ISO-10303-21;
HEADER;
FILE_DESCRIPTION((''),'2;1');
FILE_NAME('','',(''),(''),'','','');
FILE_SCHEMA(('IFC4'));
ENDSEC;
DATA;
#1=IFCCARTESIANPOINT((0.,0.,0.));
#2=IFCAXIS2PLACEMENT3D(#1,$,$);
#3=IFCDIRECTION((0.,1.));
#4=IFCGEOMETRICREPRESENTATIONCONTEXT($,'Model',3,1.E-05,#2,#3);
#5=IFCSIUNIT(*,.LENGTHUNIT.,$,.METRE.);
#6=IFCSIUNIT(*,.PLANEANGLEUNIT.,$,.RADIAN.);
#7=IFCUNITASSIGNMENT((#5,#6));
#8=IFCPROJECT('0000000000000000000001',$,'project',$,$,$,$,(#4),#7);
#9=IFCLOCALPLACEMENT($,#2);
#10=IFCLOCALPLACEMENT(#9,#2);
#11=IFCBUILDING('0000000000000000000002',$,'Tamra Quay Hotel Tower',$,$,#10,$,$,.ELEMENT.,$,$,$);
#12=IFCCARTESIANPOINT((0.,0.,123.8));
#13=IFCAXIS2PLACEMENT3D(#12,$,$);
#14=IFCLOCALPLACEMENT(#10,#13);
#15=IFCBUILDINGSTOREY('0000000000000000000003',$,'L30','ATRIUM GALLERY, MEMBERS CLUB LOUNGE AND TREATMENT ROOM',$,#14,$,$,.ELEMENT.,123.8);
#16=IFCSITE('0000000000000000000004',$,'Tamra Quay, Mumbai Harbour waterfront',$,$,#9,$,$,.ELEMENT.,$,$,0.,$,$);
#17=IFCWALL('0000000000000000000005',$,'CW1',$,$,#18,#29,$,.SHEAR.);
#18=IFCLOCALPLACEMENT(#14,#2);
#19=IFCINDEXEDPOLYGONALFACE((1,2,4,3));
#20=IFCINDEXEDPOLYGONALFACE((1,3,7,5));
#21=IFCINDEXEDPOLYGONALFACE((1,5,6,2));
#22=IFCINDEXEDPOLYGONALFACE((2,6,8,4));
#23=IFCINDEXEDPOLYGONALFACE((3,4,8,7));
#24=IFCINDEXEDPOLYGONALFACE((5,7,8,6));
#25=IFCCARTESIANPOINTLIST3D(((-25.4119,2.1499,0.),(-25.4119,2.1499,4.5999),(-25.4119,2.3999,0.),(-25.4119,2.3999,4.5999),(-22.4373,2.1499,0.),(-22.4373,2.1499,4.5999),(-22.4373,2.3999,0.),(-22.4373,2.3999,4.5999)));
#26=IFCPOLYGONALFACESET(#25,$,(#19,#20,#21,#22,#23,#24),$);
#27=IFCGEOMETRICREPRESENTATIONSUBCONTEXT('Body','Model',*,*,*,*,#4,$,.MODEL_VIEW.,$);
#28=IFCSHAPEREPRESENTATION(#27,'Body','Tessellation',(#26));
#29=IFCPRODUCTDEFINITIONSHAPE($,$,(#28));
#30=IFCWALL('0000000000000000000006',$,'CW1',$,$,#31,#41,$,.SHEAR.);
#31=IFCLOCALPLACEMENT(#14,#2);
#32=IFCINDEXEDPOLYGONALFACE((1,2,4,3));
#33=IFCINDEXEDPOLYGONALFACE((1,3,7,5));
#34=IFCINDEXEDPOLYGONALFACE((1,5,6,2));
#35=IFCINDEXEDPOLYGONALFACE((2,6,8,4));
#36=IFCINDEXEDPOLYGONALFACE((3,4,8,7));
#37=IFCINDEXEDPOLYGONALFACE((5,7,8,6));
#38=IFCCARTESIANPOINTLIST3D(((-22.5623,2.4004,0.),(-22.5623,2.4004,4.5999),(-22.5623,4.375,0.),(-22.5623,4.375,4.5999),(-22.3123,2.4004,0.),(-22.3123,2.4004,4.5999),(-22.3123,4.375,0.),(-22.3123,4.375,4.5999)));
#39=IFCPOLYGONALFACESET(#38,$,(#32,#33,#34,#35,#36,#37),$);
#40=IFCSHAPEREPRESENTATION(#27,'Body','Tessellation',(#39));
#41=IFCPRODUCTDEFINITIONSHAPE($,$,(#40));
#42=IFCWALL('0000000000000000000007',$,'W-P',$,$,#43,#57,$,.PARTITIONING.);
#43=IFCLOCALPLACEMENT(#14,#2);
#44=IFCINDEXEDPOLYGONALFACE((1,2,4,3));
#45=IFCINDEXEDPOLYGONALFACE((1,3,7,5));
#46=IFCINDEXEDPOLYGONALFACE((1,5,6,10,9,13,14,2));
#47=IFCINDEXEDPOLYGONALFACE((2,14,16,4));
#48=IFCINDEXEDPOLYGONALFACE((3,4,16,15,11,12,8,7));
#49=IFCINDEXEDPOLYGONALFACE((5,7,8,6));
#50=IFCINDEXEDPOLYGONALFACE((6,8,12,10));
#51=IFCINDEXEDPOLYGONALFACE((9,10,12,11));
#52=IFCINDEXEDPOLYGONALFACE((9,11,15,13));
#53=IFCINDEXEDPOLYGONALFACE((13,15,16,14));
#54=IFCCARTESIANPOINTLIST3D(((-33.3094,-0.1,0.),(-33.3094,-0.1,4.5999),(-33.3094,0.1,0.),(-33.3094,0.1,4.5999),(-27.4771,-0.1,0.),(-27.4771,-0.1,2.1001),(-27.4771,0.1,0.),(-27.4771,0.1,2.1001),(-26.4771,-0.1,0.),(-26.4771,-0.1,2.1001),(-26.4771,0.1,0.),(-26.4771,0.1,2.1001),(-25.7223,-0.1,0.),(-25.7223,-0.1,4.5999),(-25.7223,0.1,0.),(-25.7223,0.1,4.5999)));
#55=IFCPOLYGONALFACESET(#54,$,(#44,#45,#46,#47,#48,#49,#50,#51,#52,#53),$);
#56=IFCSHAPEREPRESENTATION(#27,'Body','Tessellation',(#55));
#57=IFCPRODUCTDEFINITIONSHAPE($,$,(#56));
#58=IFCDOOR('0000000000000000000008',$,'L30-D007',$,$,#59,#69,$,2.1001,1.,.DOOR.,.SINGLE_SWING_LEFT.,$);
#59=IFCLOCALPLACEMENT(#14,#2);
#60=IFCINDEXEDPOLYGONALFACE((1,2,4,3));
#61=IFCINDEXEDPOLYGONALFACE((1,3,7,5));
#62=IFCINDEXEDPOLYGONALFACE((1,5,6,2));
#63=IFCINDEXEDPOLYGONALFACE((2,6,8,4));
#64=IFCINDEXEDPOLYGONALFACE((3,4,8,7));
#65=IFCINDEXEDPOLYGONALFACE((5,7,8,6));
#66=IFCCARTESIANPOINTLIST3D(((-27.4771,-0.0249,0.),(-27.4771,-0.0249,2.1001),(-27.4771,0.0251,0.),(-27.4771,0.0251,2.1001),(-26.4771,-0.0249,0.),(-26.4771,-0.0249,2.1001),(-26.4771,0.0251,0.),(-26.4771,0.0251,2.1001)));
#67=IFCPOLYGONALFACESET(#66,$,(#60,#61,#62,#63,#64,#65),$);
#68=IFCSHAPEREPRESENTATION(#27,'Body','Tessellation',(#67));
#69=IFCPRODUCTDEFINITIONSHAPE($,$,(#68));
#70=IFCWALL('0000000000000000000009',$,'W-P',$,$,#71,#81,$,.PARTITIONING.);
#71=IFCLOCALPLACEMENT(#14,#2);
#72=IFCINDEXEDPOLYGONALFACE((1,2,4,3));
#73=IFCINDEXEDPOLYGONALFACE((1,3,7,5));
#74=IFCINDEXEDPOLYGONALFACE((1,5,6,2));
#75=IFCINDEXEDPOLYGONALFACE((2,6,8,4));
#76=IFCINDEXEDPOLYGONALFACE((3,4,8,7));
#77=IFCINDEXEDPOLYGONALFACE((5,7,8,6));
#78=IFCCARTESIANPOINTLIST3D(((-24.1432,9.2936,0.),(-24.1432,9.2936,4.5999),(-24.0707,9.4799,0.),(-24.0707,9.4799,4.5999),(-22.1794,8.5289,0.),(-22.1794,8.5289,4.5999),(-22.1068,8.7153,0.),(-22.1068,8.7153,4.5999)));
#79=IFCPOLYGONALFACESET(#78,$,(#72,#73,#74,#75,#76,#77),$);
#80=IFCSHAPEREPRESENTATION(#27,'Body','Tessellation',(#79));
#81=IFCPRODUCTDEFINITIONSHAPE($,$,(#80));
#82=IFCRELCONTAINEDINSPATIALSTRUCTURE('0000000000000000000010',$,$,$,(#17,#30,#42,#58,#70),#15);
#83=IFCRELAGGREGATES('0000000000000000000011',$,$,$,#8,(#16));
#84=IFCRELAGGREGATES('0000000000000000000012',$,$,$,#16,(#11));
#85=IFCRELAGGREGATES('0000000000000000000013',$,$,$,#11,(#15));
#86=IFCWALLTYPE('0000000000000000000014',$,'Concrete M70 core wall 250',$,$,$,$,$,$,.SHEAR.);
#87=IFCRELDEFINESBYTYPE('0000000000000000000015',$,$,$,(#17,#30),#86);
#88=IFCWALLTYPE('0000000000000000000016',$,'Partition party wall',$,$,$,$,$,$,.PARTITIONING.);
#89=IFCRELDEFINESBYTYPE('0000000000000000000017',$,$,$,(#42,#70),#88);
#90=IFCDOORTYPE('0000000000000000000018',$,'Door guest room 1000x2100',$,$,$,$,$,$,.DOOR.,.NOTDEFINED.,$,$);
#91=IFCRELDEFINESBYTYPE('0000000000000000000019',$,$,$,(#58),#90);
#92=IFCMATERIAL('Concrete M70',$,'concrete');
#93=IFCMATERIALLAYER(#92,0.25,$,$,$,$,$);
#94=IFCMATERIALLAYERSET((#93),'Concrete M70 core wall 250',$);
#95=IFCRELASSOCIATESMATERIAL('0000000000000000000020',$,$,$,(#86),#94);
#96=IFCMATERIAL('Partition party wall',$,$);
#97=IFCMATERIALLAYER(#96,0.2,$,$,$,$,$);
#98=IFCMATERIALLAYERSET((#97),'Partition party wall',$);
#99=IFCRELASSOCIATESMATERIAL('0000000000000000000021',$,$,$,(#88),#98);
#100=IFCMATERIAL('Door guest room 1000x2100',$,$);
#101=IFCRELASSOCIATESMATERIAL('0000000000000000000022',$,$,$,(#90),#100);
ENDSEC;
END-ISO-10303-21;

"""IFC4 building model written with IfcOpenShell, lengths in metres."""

from ifc_helpers import new_model, si_unit, direction, frame, frame_2d, origin, place, context, subcontext, project, spatial, rectangle, extrude, material, layer, layer_set, type_object, element, fill, save


model = new_model("IFC4")

# Units and contexts
model_context = context("Model", 3, precision=1e-05, world=origin(), true_north=direction((0.0, 1.0)))
body_context = subcontext(model_context, "Body", "Model", "MODEL_VIEW")
ifc_project = project(units=[si_unit("LENGTHUNIT", "METRE"), si_unit("PLANEANGLEUNIT", "RADIAN")], contexts=[model_context])

# Site, building, storey
site_placement = place(None, origin())
site = spatial("IfcSite", under=ifc_project, at=site_placement, Name="Tamra Quay, Mumbai Harbour waterfront", CompositionType="ELEMENT", RefElevation=0.0)
building_placement = place(site_placement, origin())
building = spatial("IfcBuilding", under=site, at=building_placement, Name="Tamra Quay Hotel Tower", CompositionType="ELEMENT")
storey_placement = place(building_placement, frame((0.0, 0.0, 123.8)))
storey = spatial("IfcBuildingStorey", under=building, at=storey_placement, Name="L30", Description="ATRIUM GALLERY, MEMBERS CLUB LOUNGE AND TREATMENT ROOM", CompositionType="ELEMENT", Elevation=123.8)

# Shared definitions
ifc_material_1 = material(Name="Concrete M70", Category="concrete")

# Walls
ifc_layer_1 = layer(ifc_material_1, 0.25)
ifc_layer_set_1 = layer_set([ifc_layer_1], Name="Concrete M70 core wall 250")
wall_type_1 = type_object("IfcWallType", Name="Concrete M70 core wall 250", PredefinedType="SHEAR", material=ifc_layer_set_1)
wall_1_placement = place(storey_placement, frame((-25.4119, 2.2749, 0.0), z_axis=(0.0, 0.0, 1.0), x_axis=(1.0, 0.0, 0.0)))
element("IfcWall", 1, at=wall_1_placement, inside=storey, type_object=wall_type_1, Name="CW1", PredefinedType="SHEAR", context=body_context, shape_type="SweptSolid", body=[
    extrude(rectangle(XDim=2.9746, YDim=0.25, at=frame_2d((1.4873, 0.0))), origin(), (0.0, 0.0, 1.0), 4.5999),
])
wall_2_placement = place(storey_placement, frame((-22.4373, 2.4004, 0.0), z_axis=(0.0, 0.0, 1.0), x_axis=(0.0, 1.0, 0.0)))
element("IfcWall", 2, at=wall_2_placement, inside=storey, type_object=wall_type_1, Name="CW1", PredefinedType="SHEAR", context=body_context, shape_type="SweptSolid", body=[
    extrude(rectangle(XDim=1.9746, YDim=0.25, at=frame_2d((0.9873, 0.0))), origin(), (0.0, 0.0, 1.0), 4.5999),
])

# Wall, opening, door
ifc_material_2 = material(Name="Partition party wall")
ifc_layer_2 = layer(ifc_material_2, 0.2)
ifc_layer_set_2 = layer_set([ifc_layer_2], Name="Partition party wall")
wall_type_2 = type_object("IfcWallType", Name="Partition party wall", PredefinedType="PARTITIONING", material=ifc_layer_set_2)
wall_3_placement = place(storey_placement, frame((-33.3093, 0.0, 0.0), z_axis=(0.0, 0.0, 1.0), x_axis=(1.0, 0.0, 0.0)))
wall_3 = element("IfcWall", 3, at=wall_3_placement, inside=storey, type_object=wall_type_2, Name="W-P", PredefinedType="PARTITIONING", context=body_context, shape_type="SweptSolid", body=[
    extrude(rectangle(XDim=7.5872, YDim=0.2, at=frame_2d((3.7935, 0.0))), origin(), (0.0, 0.0, 1.0), 4.5999),
])
opening_placement = place(wall_3_placement, frame((5.8323, 0.0, 0.0)))
opening = element("IfcOpeningElement", 4, at=opening_placement, cuts=wall_3, PredefinedType="OPENING", context=body_context, shape_type="SweptSolid", body=[
    extrude(rectangle(XDim=1.0, YDim=2.1001, at=frame_2d((0.5, 1.05))), frame((0.0, 0.1099, 0.0), z_axis=(0.0, -1.0, 0.0), x_axis=(1.0, 0.0, 0.0)), (0.0, 0.0, 1.0), 0.22),
])
ifc_material_3 = material(Name="Door guest room 1000x2100")
door_type = type_object("IfcDoorType", Name="Door guest room 1000x2100", OperationType="NOTDEFINED", PredefinedType="DOOR", material=ifc_material_3)
door_placement = place(opening_placement, frame((1.0, 0.0, 0.0), z_axis=(0.0, 0.0, 1.0), x_axis=(-1.0, 0.0, 0.0)))
door = element("IfcDoor", 5, at=door_placement, inside=storey, type_object=door_type, Name="L30-D007", OperationType="SINGLE_SWING_LEFT", OverallHeight=2.1001, OverallWidth=1.0, PredefinedType="DOOR", context=body_context, shape_type="SweptSolid", body=[
    extrude(rectangle(XDim=1.0, YDim=2.1001, at=frame_2d((0.5, 1.05))), frame((0.0, 0.0249, 0.0), z_axis=(0.0, -1.0, 0.0), x_axis=(1.0, 0.0, 0.0)), (0.0, 0.0, 1.0), 0.05),
])
fill(opening, door)

# Wall
wall_4_placement = place(storey_placement, frame((-24.1069, 9.3867, 0.0), z_axis=(0.0, 0.0, 1.0), x_axis=(0.931857, -0.362826, 0.0)))
element("IfcWall", 6, at=wall_4_placement, inside=storey, type_object=wall_type_2, Name="W-P", PredefinedType="PARTITIONING", context=body_context, shape_type="SweptSolid", body=[
    extrude(rectangle(XDim=2.1074, YDim=0.2, at=frame_2d((1.0537, 0.0))), origin(), (0.0, 0.0, 1.0), 4.5999),
])

save(model, "model.ifc")
